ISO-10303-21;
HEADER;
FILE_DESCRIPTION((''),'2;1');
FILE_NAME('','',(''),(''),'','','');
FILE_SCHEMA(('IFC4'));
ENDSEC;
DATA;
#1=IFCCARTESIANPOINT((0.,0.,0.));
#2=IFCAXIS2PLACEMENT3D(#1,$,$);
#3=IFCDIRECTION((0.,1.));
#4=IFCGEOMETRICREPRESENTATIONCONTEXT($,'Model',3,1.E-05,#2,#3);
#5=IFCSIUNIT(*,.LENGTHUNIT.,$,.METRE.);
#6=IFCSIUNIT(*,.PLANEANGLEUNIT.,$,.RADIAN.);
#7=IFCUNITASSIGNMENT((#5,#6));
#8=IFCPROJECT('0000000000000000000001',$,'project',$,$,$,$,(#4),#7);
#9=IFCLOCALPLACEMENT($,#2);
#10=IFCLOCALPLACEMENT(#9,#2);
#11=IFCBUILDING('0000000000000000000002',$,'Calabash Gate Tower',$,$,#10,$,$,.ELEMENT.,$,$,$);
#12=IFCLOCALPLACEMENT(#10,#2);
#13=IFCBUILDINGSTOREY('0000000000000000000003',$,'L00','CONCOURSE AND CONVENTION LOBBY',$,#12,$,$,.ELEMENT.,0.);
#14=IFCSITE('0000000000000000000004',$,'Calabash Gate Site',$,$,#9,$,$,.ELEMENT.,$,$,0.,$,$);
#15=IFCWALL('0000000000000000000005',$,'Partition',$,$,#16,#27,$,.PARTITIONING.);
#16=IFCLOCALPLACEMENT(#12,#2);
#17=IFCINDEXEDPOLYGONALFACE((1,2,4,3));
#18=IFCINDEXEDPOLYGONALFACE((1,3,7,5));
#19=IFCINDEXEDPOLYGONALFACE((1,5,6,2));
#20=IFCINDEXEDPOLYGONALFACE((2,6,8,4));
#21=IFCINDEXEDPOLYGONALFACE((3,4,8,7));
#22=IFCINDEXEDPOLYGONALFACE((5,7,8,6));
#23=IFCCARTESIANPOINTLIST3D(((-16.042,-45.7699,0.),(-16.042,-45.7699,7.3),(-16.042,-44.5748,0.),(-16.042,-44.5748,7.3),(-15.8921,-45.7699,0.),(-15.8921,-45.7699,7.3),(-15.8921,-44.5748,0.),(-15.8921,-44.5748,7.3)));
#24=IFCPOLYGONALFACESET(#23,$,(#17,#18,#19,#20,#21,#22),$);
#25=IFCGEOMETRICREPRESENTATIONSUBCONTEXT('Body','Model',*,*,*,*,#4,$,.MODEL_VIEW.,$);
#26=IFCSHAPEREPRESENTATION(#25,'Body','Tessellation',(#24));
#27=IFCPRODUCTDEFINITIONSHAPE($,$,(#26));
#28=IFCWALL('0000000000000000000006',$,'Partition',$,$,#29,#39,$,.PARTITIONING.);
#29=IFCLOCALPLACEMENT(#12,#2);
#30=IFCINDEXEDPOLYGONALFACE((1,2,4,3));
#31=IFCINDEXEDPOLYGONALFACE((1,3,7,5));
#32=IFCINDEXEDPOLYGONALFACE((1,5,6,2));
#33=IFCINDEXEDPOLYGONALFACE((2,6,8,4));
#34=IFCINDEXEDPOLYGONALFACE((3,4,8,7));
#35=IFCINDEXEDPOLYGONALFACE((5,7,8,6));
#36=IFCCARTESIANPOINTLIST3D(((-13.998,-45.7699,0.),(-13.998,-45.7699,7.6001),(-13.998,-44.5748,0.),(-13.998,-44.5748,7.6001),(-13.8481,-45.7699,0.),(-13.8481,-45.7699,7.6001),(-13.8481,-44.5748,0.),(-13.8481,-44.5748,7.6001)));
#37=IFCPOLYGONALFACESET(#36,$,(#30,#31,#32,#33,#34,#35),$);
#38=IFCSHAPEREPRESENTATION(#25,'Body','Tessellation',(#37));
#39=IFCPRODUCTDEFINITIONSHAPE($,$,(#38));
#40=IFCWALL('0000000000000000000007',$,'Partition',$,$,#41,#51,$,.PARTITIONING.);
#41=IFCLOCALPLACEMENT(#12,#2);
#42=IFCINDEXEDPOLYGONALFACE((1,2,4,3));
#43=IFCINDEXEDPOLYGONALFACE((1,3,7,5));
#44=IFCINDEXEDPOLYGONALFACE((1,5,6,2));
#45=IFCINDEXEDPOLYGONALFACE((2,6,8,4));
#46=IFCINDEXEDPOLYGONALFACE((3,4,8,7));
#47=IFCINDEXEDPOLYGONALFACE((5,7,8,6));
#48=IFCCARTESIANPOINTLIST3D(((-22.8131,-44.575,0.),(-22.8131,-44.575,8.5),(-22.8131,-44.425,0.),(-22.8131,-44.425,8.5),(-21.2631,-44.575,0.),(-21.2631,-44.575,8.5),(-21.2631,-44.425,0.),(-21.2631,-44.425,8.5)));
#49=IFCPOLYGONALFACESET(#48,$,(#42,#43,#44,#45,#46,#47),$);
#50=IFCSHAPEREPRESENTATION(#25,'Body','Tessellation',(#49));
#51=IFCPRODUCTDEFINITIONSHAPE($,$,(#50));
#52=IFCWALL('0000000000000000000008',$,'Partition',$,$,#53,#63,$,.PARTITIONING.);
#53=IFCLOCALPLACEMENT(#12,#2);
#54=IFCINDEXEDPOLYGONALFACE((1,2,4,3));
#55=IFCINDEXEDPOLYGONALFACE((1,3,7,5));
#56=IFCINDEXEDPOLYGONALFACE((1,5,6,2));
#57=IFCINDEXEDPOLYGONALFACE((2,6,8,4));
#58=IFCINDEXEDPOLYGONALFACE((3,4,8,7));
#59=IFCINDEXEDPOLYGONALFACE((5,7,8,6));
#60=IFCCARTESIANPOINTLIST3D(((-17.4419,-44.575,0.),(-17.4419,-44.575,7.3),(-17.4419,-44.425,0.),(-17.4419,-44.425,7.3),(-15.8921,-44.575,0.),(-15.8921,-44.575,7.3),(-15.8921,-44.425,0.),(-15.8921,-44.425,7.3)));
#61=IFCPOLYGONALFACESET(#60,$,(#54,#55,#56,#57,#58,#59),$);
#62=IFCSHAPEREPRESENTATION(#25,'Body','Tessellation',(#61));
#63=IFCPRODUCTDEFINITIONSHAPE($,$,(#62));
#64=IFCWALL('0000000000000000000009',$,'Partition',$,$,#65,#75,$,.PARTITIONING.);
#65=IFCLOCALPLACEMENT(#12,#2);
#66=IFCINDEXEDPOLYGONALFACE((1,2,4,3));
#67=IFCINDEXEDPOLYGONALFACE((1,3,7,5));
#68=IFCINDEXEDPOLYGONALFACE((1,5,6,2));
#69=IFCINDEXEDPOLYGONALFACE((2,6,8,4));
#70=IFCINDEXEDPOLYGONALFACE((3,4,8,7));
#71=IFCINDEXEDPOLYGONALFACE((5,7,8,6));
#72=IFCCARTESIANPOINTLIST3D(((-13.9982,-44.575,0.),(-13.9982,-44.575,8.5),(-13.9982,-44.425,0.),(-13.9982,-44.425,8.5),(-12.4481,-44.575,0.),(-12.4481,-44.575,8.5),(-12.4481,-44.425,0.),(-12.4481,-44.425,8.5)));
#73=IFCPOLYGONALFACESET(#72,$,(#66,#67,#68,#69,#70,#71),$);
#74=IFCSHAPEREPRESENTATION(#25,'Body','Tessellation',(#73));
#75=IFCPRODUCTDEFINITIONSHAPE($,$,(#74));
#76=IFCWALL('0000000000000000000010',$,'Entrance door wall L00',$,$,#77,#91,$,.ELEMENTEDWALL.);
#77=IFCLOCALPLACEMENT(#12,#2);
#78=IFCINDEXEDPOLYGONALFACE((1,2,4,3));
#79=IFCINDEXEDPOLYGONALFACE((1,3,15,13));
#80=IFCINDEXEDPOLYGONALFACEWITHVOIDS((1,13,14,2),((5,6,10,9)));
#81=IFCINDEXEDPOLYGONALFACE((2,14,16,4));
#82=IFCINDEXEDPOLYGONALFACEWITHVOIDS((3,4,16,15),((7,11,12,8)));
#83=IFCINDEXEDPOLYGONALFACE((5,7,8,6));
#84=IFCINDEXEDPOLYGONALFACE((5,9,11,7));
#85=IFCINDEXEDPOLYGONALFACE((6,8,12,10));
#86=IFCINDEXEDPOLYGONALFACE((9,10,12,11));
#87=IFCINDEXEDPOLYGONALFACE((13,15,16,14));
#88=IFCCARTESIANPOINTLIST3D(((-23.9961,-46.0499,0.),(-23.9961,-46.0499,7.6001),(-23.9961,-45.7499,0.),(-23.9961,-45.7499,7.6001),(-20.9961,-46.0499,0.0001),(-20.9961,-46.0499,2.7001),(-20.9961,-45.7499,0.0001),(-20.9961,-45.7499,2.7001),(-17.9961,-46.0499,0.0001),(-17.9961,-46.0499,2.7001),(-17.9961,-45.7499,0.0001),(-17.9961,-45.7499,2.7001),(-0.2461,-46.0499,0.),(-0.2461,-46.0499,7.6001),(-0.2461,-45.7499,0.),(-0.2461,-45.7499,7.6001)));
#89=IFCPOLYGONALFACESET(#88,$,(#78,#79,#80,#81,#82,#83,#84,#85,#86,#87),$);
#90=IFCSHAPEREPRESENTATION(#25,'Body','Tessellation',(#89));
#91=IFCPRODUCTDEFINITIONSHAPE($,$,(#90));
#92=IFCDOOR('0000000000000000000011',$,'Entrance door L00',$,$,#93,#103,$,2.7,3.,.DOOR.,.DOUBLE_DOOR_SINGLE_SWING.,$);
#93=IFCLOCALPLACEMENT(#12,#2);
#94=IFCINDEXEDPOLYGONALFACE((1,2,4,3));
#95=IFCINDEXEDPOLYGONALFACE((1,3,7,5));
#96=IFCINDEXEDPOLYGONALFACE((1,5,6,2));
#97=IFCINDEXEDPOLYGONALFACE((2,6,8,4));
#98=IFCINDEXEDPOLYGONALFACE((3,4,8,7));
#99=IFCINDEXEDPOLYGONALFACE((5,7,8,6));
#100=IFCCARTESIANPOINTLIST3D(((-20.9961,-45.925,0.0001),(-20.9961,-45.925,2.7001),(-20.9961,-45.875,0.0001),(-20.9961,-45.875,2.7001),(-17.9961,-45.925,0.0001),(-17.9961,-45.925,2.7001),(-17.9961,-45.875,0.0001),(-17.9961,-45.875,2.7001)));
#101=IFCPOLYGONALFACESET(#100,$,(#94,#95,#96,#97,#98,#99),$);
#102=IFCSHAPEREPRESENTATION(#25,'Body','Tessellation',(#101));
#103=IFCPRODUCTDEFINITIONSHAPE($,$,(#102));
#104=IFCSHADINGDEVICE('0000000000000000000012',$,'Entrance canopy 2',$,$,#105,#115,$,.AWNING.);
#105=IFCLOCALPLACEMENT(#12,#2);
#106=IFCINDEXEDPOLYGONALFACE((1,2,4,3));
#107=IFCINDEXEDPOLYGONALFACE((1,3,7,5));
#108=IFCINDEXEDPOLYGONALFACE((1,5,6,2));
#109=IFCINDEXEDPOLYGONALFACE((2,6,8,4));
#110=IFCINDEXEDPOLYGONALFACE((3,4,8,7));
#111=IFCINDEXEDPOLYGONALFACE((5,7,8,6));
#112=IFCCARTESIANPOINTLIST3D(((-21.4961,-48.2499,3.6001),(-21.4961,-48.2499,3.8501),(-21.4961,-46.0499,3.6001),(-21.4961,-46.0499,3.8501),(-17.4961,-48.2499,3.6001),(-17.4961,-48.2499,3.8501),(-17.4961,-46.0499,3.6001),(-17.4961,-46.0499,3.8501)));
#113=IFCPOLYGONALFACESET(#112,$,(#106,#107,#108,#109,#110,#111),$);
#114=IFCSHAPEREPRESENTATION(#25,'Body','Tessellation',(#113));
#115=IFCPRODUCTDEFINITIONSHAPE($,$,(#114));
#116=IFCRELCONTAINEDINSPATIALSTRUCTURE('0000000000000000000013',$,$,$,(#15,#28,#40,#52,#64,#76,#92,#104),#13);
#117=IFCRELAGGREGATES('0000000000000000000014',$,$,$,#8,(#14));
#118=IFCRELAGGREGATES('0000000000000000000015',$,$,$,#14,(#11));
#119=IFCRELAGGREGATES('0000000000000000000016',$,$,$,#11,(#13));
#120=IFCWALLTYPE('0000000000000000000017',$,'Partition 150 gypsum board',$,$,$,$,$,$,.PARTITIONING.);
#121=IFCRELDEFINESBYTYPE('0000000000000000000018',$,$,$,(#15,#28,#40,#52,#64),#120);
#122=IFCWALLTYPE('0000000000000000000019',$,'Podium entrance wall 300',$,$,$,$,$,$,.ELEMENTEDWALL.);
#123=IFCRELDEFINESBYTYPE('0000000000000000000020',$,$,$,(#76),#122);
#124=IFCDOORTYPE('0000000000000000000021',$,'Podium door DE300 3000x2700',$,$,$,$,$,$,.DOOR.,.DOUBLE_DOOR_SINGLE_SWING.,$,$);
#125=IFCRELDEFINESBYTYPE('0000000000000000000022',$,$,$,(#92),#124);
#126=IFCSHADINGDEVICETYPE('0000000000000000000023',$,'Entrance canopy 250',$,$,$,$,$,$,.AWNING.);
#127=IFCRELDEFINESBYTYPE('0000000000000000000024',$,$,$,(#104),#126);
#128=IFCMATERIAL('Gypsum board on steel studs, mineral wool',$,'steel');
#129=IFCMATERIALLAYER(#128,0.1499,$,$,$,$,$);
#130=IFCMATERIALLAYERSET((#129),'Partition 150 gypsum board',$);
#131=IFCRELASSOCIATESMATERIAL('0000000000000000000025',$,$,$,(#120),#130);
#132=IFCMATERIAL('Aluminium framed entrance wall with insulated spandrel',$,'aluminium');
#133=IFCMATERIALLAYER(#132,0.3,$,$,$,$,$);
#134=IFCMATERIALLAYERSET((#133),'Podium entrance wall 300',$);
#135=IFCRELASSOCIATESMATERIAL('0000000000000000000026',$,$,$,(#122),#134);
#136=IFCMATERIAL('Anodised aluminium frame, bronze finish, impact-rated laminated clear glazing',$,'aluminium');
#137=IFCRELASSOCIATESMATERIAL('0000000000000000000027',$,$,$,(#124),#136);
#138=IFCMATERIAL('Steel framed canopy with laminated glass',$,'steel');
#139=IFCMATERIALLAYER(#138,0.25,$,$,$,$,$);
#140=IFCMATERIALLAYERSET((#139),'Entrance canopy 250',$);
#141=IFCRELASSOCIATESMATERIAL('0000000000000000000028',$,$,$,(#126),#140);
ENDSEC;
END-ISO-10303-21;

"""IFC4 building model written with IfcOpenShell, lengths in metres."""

from ifc_helpers import new_model, si_unit, direction, frame, frame_2d, origin, origin_2d, place, context, subcontext, project, spatial, rectangle, extrude, material, layer, layer_set, type_object, element, fill, save


model = new_model("IFC4")

# Units and contexts
model_context = context("Model", 3, precision=1e-05, world=origin(), true_north=direction((0.0, 1.0)))
body_context = subcontext(model_context, "Body", "Model", "MODEL_VIEW")
ifc_project = project(units=[si_unit("LENGTHUNIT", "METRE"), si_unit("PLANEANGLEUNIT", "RADIAN")], contexts=[model_context])

# Site, building, storey
site_placement = place(None, origin())
site = spatial("IfcSite", under=ifc_project, at=site_placement, Name="Calabash Gate Site", CompositionType="ELEMENT", RefElevation=0.0)
building_placement = place(site_placement, origin())
building = spatial("IfcBuilding", under=site, at=building_placement, Name="Calabash Gate Tower", CompositionType="ELEMENT")
storey_placement = place(building_placement, origin())
storey = spatial("IfcBuildingStorey", under=building, at=storey_placement, Name="L00", Description="CONCOURSE AND CONVENTION LOBBY", CompositionType="ELEMENT", Elevation=0.0)

# Walls
ifc_material_1 = material(Name="Gypsum board on steel studs, mineral wool", Category="steel")
ifc_layer_1 = layer(ifc_material_1, 0.1499)
ifc_layer_set_1 = layer_set([ifc_layer_1], Name="Partition 150 gypsum board")
wall_type_1 = type_object("IfcWallType", Name="Partition 150 gypsum board", PredefinedType="PARTITIONING", material=ifc_layer_set_1)
wall_1_placement = place(storey_placement, frame((-15.967, -45.77, 0.0), z_axis=(0.0, 0.0, 1.0), x_axis=(0.0, 1.0, 0.0)))
element("IfcWall", 1, at=wall_1_placement, inside=storey, type_object=wall_type_1, Name="Partition", PredefinedType="PARTITIONING", context=body_context, shape_type="SweptSolid", body=[
    extrude(rectangle(XDim=1.1951, YDim=0.1499, at=frame_2d((0.5977, 0.0))), origin(), (0.0, 0.0, 1.0), 7.3),
])
wall_2_placement = place(storey_placement, frame((-13.9231, -45.77, 0.0), z_axis=(0.0, 0.0, 1.0), x_axis=(0.0, 1.0, 0.0)))
element("IfcWall", 2, at=wall_2_placement, inside=storey, type_object=wall_type_1, Name="Partition", PredefinedType="PARTITIONING", context=body_context, shape_type="SweptSolid", body=[
    extrude(rectangle(XDim=1.1951, YDim=0.1499, at=frame_2d((0.5977, 0.0))), origin(), (0.0, 0.0, 1.0), 7.6001),
])
wall_3_placement = place(storey_placement, frame((-22.813, -44.5, 0.0), z_axis=(0.0, 0.0, 1.0), x_axis=(1.0, 0.0, 0.0)))
element("IfcWall", 3, at=wall_3_placement, inside=storey, type_object=wall_type_1, Name="Partition", PredefinedType="PARTITIONING", context=body_context, shape_type="SweptSolid", body=[
    extrude(rectangle(XDim=1.55, YDim=0.1499, at=frame_2d((0.7749, 0.0))), origin(), (0.0, 0.0, 1.0), 8.5),
])
wall_4_placement = place(storey_placement, frame((-17.4419, -44.5, 0.0), z_axis=(0.0, 0.0, 1.0), x_axis=(1.0, 0.0, 0.0)))
element("IfcWall", 4, at=wall_4_placement, inside=storey, type_object=wall_type_1, Name="Partition", PredefinedType="PARTITIONING", context=body_context, shape_type="SweptSolid", body=[
    extrude(rectangle(XDim=1.5498, YDim=0.1499, at=frame_2d((0.7749, 0.0))), origin(), (0.0, 0.0, 1.0), 7.3),
])
wall_5_placement = place(storey_placement, frame((-13.998, -44.5, 0.0), z_axis=(0.0, 0.0, 1.0), x_axis=(1.0, 0.0, 0.0)))
element("IfcWall", 5, at=wall_5_placement, inside=storey, type_object=wall_type_1, Name="Partition", PredefinedType="PARTITIONING", context=body_context, shape_type="SweptSolid", body=[
    extrude(rectangle(XDim=1.55, YDim=0.1499, at=frame_2d((0.7749, 0.0))), origin(), (0.0, 0.0, 1.0), 8.5),
])

# Wall, opening, door
ifc_material_2 = material(Name="Aluminium framed entrance wall with insulated spandrel", Category="aluminium")
ifc_layer_2 = layer(ifc_material_2, 0.3)
ifc_layer_set_2 = layer_set([ifc_layer_2], Name="Podium entrance wall 300")
wall_type_2 = type_object("IfcWallType", Name="Podium entrance wall 300", PredefinedType="ELEMENTEDWALL", material=ifc_layer_set_2)
wall_6_placement = place(storey_placement, frame((-23.9961, -45.8999, 0.0), z_axis=(0.0, 0.0, 1.0), x_axis=(1.0, 0.0, 0.0)))
wall_6 = element("IfcWall", 6, at=wall_6_placement, inside=storey, type_object=wall_type_2, Name="Entrance door wall L00", PredefinedType="ELEMENTEDWALL", context=body_context, shape_type="SweptSolid", body=[
    extrude(rectangle(XDim=23.75, YDim=0.3, at=frame_2d((11.875, 0.0))), origin(), (0.0, 0.0, 1.0), 7.6001),
])
opening_placement = place(wall_6_placement, frame((3.0, 0.0, 0.0)))
opening = element("IfcOpeningElement", 7, at=opening_placement, cuts=wall_6, PredefinedType="OPENING", context=body_context, shape_type="SweptSolid", body=[
    extrude(rectangle(XDim=3.0, YDim=2.7, at=frame_2d((1.5, 1.3501))), frame((0.0, 0.1599, 0.0), z_axis=(0.0, -1.0, 0.0), x_axis=(1.0, 0.0, 0.0)), (0.0, 0.0, 1.0), 0.3201),
])
ifc_material_3 = material(Name="Anodised aluminium frame, bronze finish, impact-rated laminated clear glazing", Category="aluminium")
door_type = type_object("IfcDoorType", Name="Podium door DE300 3000x2700", OperationType="DOUBLE_DOOR_SINGLE_SWING", PredefinedType="DOOR", material=ifc_material_3)
door_placement = place(opening_placement, origin())
door = element("IfcDoor", 8, at=door_placement, inside=storey, type_object=door_type, Name="Entrance door L00", OperationType="DOUBLE_DOOR_SINGLE_SWING", OverallHeight=2.7, OverallWidth=3.0, PredefinedType="DOOR", context=body_context, shape_type="SweptSolid", body=[
    extrude(rectangle(XDim=3.0, YDim=2.7, at=frame_2d((1.5, 1.3501))), frame((0.0, 0.0249, 0.0), z_axis=(0.0, -1.0, 0.0), x_axis=(1.0, 0.0, 0.0)), (0.0, 0.0, 1.0), 0.05),
])
fill(opening, door)

# Shading device
ifc_material_4 = material(Name="Steel framed canopy with laminated glass", Category="steel")
ifc_layer_3 = layer(ifc_material_4, 0.25)
ifc_layer_set_3 = layer_set([ifc_layer_3], Name="Entrance canopy 250")
shading_device_type = type_object("IfcShadingDeviceType", Name="Entrance canopy 250", PredefinedType="AWNING", material=ifc_layer_set_3)
shading_device_placement = place(storey_placement, frame((-19.4961, -47.1499, 3.6001), z_axis=(0.0, 0.0, 1.0), x_axis=(1.0, 0.0, 0.0)))
element("IfcShadingDevice", 9, at=shading_device_placement, inside=storey, type_object=shading_device_type, Name="Entrance canopy 2", PredefinedType="AWNING", context=body_context, shape_type="SweptSolid", body=[
    extrude(rectangle(XDim=4.0, YDim=2.2, at=origin_2d()), origin(), (0.0, 0.0, 1.0), 0.25),
])

save(model, "model.ifc")
